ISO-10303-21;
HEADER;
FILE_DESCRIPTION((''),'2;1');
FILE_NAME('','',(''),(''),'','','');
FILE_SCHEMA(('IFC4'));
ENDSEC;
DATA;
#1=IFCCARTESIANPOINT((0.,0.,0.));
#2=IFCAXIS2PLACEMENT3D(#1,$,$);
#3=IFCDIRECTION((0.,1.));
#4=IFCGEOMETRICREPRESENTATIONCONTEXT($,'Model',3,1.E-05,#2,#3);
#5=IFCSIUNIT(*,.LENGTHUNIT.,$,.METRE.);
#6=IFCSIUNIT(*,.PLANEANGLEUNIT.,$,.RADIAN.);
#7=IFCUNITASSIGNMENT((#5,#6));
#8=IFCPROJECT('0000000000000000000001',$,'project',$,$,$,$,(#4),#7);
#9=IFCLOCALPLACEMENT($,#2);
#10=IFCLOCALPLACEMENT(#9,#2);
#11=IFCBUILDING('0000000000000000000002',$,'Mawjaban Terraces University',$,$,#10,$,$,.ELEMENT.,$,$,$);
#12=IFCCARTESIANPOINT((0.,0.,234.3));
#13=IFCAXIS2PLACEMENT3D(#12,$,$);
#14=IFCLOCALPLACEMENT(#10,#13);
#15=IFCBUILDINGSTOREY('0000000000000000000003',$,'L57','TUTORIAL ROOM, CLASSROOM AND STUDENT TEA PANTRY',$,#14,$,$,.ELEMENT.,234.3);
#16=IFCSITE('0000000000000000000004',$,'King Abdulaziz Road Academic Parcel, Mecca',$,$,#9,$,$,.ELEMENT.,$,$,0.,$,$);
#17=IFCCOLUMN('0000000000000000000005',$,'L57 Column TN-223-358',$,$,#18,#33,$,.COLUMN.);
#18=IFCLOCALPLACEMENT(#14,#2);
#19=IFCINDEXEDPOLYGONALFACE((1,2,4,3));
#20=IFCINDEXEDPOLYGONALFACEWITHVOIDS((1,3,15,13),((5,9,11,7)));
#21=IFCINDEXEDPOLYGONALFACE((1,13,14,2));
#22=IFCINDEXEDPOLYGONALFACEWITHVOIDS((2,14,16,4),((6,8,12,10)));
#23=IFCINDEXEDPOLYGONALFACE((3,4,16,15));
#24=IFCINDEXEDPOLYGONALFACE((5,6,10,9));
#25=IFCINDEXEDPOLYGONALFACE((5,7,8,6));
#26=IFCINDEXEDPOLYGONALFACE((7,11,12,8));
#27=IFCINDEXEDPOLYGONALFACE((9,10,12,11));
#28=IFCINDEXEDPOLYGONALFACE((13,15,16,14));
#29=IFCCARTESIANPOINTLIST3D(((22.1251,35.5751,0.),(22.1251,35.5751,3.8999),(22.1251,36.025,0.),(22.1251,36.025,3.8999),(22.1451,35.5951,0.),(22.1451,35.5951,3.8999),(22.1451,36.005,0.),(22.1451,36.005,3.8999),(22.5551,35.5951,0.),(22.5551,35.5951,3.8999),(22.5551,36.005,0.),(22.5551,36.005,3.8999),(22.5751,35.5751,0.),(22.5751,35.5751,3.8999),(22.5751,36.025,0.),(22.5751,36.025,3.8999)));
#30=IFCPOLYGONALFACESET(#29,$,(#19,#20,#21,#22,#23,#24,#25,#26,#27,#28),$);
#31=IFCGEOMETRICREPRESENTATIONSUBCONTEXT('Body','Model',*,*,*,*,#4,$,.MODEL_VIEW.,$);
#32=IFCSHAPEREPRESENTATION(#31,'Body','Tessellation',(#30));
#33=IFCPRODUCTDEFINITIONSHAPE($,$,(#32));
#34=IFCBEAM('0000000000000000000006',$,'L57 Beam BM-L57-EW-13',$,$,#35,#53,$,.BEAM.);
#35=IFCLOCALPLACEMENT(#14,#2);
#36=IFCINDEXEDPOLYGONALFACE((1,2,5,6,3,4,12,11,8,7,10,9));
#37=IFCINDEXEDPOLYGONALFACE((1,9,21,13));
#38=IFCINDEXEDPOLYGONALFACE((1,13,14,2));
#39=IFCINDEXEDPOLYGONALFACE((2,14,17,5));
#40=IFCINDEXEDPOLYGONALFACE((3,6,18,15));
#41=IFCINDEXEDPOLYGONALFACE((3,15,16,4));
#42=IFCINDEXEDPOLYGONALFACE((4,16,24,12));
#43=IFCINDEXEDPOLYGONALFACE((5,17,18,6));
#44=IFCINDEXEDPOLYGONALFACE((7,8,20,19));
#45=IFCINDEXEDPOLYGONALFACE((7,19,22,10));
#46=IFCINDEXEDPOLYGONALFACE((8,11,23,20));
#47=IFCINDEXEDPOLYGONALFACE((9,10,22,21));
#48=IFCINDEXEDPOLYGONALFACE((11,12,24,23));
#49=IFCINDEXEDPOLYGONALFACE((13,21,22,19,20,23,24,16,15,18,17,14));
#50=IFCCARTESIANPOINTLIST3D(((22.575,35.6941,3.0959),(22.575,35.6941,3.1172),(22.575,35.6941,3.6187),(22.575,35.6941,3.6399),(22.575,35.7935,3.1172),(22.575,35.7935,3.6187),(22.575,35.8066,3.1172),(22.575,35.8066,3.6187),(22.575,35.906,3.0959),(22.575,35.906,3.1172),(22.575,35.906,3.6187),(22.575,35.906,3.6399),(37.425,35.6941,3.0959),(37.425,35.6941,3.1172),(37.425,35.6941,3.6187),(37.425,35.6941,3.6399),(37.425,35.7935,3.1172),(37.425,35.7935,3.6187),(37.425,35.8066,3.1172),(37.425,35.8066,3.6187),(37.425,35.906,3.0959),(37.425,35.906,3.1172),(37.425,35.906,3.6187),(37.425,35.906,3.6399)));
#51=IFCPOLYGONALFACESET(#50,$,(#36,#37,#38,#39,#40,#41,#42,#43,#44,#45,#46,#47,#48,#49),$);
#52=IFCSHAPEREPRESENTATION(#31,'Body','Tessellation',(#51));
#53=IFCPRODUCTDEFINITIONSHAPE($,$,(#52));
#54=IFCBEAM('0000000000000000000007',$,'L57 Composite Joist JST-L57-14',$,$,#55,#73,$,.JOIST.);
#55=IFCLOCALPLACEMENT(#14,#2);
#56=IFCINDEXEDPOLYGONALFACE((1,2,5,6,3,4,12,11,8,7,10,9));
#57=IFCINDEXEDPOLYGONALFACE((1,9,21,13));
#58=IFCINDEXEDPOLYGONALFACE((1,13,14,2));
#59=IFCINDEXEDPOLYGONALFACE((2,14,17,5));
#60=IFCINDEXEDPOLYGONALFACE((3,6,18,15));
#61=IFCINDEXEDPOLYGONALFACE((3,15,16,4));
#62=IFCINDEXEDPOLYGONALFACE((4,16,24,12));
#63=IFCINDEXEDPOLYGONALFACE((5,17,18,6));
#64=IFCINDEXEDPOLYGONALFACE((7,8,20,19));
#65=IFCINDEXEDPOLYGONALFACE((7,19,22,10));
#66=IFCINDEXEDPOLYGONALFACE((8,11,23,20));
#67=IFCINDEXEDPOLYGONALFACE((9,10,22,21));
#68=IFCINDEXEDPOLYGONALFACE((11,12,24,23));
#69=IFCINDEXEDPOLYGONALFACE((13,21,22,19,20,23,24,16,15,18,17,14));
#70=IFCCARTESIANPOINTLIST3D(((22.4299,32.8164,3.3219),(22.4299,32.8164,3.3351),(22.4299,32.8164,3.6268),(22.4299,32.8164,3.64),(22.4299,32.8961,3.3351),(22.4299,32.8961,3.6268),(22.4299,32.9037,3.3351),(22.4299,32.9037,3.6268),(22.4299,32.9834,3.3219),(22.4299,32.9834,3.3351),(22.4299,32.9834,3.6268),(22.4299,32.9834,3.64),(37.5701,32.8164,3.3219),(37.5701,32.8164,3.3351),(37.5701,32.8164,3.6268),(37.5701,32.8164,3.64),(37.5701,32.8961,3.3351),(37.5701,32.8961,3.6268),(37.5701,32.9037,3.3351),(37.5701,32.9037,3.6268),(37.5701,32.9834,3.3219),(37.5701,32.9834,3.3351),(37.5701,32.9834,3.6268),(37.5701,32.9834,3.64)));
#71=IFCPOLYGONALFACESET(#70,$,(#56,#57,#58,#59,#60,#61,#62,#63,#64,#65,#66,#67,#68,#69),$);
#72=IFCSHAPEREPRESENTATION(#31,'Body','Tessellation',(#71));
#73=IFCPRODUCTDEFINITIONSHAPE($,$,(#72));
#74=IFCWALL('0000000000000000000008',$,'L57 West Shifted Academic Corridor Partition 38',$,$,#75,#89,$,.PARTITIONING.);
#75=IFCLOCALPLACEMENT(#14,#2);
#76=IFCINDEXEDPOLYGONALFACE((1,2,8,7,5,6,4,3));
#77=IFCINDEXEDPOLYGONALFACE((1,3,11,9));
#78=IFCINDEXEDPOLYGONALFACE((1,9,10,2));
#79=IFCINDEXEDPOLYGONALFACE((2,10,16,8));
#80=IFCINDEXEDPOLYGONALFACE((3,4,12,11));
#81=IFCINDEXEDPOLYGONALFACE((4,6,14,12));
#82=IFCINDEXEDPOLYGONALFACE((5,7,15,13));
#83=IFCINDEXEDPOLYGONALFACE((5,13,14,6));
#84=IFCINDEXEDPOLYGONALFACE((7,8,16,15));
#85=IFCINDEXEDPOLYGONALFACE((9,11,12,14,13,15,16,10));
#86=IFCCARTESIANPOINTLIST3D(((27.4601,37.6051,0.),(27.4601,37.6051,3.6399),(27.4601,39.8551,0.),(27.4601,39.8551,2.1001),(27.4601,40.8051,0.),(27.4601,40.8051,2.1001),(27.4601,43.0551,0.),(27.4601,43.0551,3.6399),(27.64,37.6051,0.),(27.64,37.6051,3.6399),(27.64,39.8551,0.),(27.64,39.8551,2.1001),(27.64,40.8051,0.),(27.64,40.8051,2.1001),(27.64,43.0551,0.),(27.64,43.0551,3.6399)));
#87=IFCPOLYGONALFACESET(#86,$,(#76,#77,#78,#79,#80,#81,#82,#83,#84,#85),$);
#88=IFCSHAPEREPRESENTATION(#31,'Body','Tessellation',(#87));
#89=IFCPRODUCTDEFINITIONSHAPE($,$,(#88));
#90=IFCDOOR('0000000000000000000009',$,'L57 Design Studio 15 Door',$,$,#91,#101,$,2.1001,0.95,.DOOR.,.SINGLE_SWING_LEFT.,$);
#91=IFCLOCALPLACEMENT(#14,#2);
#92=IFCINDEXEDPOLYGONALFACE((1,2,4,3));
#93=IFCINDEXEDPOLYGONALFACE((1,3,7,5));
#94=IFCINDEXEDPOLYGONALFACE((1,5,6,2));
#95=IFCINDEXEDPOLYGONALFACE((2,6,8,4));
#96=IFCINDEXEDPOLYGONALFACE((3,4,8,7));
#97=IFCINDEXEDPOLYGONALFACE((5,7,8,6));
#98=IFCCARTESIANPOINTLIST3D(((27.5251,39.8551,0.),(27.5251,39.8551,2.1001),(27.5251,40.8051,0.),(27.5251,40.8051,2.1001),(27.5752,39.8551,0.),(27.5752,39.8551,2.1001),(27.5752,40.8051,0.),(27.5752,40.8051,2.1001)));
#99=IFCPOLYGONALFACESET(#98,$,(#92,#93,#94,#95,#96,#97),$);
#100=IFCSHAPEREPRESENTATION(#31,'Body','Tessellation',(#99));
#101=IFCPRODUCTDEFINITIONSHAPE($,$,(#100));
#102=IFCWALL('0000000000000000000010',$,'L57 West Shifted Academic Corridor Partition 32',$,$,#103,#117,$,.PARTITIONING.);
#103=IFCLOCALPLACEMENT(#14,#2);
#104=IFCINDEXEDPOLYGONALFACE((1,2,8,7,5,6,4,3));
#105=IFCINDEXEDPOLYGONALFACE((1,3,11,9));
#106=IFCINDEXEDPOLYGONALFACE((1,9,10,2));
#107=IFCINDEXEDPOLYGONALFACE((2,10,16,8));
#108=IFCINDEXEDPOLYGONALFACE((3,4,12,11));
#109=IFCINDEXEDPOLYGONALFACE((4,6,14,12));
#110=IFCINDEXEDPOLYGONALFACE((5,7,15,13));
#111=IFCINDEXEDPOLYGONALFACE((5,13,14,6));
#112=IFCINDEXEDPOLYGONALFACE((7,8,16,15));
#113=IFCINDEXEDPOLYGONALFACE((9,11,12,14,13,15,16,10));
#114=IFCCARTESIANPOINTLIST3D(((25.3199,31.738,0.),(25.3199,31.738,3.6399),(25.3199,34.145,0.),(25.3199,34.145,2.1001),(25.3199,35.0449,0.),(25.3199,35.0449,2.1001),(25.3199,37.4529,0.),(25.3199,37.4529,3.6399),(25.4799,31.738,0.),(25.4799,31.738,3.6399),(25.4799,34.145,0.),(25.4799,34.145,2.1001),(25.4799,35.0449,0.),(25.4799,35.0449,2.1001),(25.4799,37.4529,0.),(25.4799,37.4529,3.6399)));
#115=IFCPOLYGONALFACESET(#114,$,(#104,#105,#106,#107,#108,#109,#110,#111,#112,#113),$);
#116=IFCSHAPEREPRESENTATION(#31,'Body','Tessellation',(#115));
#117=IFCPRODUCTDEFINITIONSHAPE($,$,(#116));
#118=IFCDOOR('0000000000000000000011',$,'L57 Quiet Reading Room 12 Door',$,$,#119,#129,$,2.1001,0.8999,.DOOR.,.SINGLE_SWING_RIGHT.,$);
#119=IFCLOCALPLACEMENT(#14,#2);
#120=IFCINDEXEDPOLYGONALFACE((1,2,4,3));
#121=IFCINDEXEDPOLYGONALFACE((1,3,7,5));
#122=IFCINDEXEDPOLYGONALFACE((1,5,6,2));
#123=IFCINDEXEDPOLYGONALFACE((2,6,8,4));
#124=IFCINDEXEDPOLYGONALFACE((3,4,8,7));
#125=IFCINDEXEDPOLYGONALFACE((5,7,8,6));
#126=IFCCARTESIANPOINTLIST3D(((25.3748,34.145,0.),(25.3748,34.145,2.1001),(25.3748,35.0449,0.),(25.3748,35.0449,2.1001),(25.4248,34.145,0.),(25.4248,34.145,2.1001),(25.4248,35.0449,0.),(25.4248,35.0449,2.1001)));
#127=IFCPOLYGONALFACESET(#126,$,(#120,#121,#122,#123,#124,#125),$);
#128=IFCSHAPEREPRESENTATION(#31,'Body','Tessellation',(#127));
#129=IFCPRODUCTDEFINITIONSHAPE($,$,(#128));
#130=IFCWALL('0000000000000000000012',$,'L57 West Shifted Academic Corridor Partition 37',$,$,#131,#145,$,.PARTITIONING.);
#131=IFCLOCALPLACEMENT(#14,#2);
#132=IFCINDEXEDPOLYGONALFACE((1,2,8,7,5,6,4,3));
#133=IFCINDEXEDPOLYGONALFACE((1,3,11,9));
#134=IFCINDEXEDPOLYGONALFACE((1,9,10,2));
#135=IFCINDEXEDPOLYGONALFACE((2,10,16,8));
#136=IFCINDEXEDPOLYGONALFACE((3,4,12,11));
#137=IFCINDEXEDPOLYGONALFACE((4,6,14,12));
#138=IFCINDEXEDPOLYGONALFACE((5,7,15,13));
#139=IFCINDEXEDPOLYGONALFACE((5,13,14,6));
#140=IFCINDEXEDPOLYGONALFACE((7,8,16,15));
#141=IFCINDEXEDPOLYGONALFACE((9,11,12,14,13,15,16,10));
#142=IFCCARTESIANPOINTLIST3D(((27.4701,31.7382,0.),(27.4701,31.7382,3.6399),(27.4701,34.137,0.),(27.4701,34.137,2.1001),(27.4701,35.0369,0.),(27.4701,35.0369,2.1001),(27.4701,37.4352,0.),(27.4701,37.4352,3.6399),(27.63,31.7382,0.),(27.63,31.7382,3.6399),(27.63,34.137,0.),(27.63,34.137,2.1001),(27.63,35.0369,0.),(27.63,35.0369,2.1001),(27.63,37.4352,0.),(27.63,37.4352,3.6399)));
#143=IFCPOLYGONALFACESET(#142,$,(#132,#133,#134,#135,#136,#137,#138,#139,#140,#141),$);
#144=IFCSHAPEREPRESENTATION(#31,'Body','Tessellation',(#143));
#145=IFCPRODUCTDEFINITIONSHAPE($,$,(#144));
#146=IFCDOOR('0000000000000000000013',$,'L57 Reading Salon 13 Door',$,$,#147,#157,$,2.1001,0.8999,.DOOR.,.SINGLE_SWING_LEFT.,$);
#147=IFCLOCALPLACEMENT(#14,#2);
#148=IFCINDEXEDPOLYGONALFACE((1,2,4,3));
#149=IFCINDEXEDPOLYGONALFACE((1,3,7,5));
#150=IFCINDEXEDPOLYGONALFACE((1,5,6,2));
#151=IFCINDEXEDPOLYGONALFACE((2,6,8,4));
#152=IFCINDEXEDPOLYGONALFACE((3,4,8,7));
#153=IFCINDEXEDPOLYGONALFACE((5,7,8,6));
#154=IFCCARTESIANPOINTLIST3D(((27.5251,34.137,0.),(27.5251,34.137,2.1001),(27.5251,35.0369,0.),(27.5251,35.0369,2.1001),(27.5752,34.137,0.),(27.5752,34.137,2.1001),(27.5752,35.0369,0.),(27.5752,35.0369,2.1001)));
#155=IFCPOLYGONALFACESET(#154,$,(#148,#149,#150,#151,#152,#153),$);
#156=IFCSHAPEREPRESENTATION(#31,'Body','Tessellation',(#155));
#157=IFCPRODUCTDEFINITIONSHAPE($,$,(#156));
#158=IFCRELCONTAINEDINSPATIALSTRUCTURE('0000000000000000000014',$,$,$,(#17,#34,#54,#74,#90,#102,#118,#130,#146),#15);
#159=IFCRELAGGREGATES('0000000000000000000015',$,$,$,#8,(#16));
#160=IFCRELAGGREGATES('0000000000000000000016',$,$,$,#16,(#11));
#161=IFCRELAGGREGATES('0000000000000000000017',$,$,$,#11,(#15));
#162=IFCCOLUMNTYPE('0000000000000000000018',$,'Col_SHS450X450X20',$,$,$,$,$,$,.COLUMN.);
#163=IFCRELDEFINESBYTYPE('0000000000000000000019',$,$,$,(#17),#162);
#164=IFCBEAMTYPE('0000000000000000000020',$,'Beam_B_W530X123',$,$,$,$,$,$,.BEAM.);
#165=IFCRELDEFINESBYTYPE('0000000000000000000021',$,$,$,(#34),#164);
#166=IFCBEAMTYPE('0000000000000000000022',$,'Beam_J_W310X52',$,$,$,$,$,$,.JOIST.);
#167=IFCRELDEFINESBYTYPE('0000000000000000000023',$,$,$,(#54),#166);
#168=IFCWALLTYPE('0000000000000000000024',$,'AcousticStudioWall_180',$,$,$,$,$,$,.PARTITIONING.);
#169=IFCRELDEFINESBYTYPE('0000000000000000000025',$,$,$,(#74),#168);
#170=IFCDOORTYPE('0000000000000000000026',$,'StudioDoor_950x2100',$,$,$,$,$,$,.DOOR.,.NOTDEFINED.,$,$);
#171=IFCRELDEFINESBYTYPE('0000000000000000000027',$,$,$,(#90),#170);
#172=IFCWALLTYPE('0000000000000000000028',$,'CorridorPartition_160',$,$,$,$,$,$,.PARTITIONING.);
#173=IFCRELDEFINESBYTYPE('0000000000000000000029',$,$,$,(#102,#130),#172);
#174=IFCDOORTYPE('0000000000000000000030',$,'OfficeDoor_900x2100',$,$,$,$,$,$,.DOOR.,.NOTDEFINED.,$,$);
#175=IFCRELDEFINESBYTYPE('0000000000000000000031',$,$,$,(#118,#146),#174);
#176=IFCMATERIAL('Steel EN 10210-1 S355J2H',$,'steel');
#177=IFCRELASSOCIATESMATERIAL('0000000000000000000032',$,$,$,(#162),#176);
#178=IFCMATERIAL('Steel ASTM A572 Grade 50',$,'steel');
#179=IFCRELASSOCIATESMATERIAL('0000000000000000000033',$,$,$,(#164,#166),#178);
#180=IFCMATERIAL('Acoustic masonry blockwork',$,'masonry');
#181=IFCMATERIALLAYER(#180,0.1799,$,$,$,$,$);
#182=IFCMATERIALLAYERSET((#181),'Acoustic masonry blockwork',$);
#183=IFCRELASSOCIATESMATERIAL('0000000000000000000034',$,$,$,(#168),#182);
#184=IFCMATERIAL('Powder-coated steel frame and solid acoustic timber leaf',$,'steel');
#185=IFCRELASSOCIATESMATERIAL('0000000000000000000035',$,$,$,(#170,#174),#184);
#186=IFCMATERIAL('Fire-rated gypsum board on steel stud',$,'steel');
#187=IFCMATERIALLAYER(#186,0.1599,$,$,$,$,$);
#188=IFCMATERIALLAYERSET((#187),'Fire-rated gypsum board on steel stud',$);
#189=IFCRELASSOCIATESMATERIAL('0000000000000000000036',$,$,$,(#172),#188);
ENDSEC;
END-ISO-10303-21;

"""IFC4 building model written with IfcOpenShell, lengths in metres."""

from ifc_helpers import new_model, si_unit, direction, frame, frame_2d, origin, origin_2d, place, context, subcontext, project, spatial, rectangle, hollow_rectangle, i_section, extrude, material, layer, layer_set, material_profile, profile_set, type_object, element, fill, save


model = new_model("IFC4")

# Units and contexts
model_context = context("Model", 3, precision=1e-05, world=origin(), true_north=direction((0.0, 1.0)))
body_context = subcontext(model_context, "Body", "Model", "MODEL_VIEW")
ifc_project = project(units=[si_unit("LENGTHUNIT", "METRE"), si_unit("PLANEANGLEUNIT", "RADIAN")], contexts=[model_context])

# Site, building, storey
site_placement = place(None, origin())
site = spatial("IfcSite", under=ifc_project, at=site_placement, Name="King Abdulaziz Road Academic Parcel, Mecca", CompositionType="ELEMENT", RefElevation=0.0)
building_placement = place(site_placement, origin())
building = spatial("IfcBuilding", under=site, at=building_placement, Name="Mawjaban Terraces University", CompositionType="ELEMENT")
storey_placement = place(building_placement, frame((0.0, 0.0, 234.3)))
storey = spatial("IfcBuildingStorey", under=building, at=storey_placement, Name="L57", Description="TUTORIAL ROOM, CLASSROOM AND STUDENT TEA PANTRY", CompositionType="ELEMENT", Elevation=234.3)

# Column
ifc_material_1 = material(Name="Steel EN 10210-1 S355J2H", Category="steel")
ifc_material_profile_1 = material_profile(ifc_material_1, hollow_rectangle(XDim=0.45, YDim=0.45, WallThickness=0.02, at=origin_2d()), Name="SHS450X450X20")
ifc_profile_set_1 = profile_set([ifc_material_profile_1], Name="Steel EN 10210-1 S355J2H")
column_type = type_object("IfcColumnType", Name="Col_SHS450X450X20", PredefinedType="COLUMN", material=ifc_profile_set_1)
column_placement = place(storey_placement, frame((22.3501, 35.8, 0.0), z_axis=(0.0, 0.0, 1.0), x_axis=(1.0, 0.0, 0.0)))
element("IfcColumn", 1, at=column_placement, inside=storey, type_object=column_type, Name="L57 Column TN-223-358", PredefinedType="COLUMN", context=body_context, shape_type="SweptSolid", body=[
    extrude(hollow_rectangle(XDim=0.45, YDim=0.45, WallThickness=0.02, at=origin_2d()), origin(), (0.0, 0.0, 1.0), 3.8999),
])

# Beams
ifc_material_2 = material(Name="Steel ASTM A572 Grade 50", Category="steel")
ifc_material_profile_2 = material_profile(ifc_material_2, i_section(OverallWidth=0.2119, OverallDepth=0.5439, WebThickness=0.0132, FlangeThickness=0.0212, at=origin_2d()), Name="W530X123")
ifc_profile_set_2 = profile_set([ifc_material_profile_2], Name="Steel ASTM A572 Grade 50")
beam_type_1 = type_object("IfcBeamType", Name="Beam_B_W530X123", PredefinedType="BEAM", material=ifc_profile_set_2)
beam_1_placement = place(storey_placement, frame((22.575, 35.8, 3.3679), z_axis=(1.0, 0.0, 0.0), x_axis=(0.0, 1.0, 0.0)))
element("IfcBeam", 2, at=beam_1_placement, inside=storey, type_object=beam_type_1, Name="L57 Beam BM-L57-EW-13", PredefinedType="BEAM", context=body_context, shape_type="SweptSolid", body=[
    extrude(i_section(OverallWidth=0.2119, OverallDepth=0.5439, WebThickness=0.0132, FlangeThickness=0.0212, at=origin_2d()), origin(), (0.0, 0.0, 1.0), 14.8501),
])
ifc_material_profile_3 = material_profile(ifc_material_2, i_section(OverallWidth=0.167, OverallDepth=0.3181, WebThickness=0.0076, FlangeThickness=0.0132, at=origin_2d()), Name="W310X52")
ifc_profile_set_3 = profile_set([ifc_material_profile_3], Name="Steel ASTM A572 Grade 50")
beam_type_2 = type_object("IfcBeamType", Name="Beam_J_W310X52", PredefinedType="JOIST", material=ifc_profile_set_3)
beam_2_placement = place(storey_placement, frame((22.4299, 32.8999, 3.481), z_axis=(1.0, 0.0, 0.0), x_axis=(0.0, 1.0, 0.0)))
element("IfcBeam", 3, at=beam_2_placement, inside=storey, type_object=beam_type_2, Name="L57 Composite Joist JST-L57-14", PredefinedType="JOIST", context=body_context, shape_type="SweptSolid", body=[
    extrude(i_section(OverallWidth=0.167, OverallDepth=0.3181, WebThickness=0.0076, FlangeThickness=0.0132, at=origin_2d()), origin(), (0.0, 0.0, 1.0), 15.1401),
])

# Walls, openings, doors
ifc_material_3 = material(Name="Acoustic masonry blockwork", Category="masonry")
ifc_layer_1 = layer(ifc_material_3, 0.1799)
ifc_layer_set_1 = layer_set([ifc_layer_1], Name="Acoustic masonry blockwork")
wall_type_1 = type_object("IfcWallType", Name="AcousticStudioWall_180", PredefinedType="PARTITIONING", material=ifc_layer_set_1)
wall_1_placement = place(storey_placement, frame((27.55, 37.605, 0.0), z_axis=(0.0, 0.0, 1.0), x_axis=(0.0, 1.0, 0.0)))
wall_1 = element("IfcWall", 4, at=wall_1_placement, inside=storey, type_object=wall_type_1, Name="L57 West Shifted Academic Corridor Partition 38", PredefinedType="PARTITIONING", context=body_context, shape_type="SweptSolid", body=[
    extrude(rectangle(XDim=5.45, YDim=0.1799, at=frame_2d((2.7251, 0.0))), origin(), (0.0, 0.0, 1.0), 3.6399),
])
opening_1_placement = place(wall_1_placement, frame((2.25, 0.0, 0.0)))
opening_1 = element("IfcOpeningElement", 5, at=opening_1_placement, cuts=wall_1, PredefinedType="OPENING", context=body_context, shape_type="SweptSolid", body=[
    extrude(rectangle(XDim=0.95, YDim=2.1001, at=frame_2d((0.4751, 1.05))), frame((0.0, 0.0999, 0.0), z_axis=(0.0, -1.0, 0.0), x_axis=(1.0, 0.0, 0.0)), (0.0, 0.0, 1.0), 0.2),
])
ifc_material_4 = material(Name="Powder-coated steel frame and solid acoustic timber leaf", Category="steel")
door_type_1 = type_object("IfcDoorType", Name="StudioDoor_950x2100", OperationType="NOTDEFINED", PredefinedType="DOOR", material=ifc_material_4)
door_1_placement = place(opening_1_placement, origin())
door_1 = element("IfcDoor", 6, at=door_1_placement, inside=storey, type_object=door_type_1, Name="L57 Design Studio 15 Door", OperationType="SINGLE_SWING_LEFT", OverallHeight=2.1001, OverallWidth=0.95, PredefinedType="DOOR", context=body_context, shape_type="SweptSolid", body=[
    extrude(rectangle(XDim=0.95, YDim=2.1001, at=frame_2d((0.4751, 1.05))), frame((0.0, 0.0249, 0.0), z_axis=(0.0, -1.0, 0.0), x_axis=(1.0, 0.0, 0.0)), (0.0, 0.0, 1.0), 0.05),
])
fill(opening_1, door_1)
ifc_material_5 = material(Name="Fire-rated gypsum board on steel stud", Category="steel")
ifc_layer_2 = layer(ifc_material_5, 0.1599)
ifc_layer_set_2 = layer_set([ifc_layer_2], Name="Fire-rated gypsum board on steel stud")
wall_type_2 = type_object("IfcWallType", Name="CorridorPartition_160", PredefinedType="PARTITIONING", material=ifc_layer_set_2)
wall_2_placement = place(storey_placement, frame((25.3999, 37.4529, 0.0), z_axis=(0.0, 0.0, 1.0), x_axis=(0.0, -1.0, 0.0)))
wall_2 = element("IfcWall", 7, at=wall_2_placement, inside=storey, type_object=wall_type_2, Name="L57 West Shifted Academic Corridor Partition 32", PredefinedType="PARTITIONING", context=body_context, shape_type="SweptSolid", body=[
    extrude(rectangle(XDim=5.7148, YDim=0.1599, at=frame_2d((2.8574, 0.0))), origin(), (0.0, 0.0, 1.0), 3.6399),
])
opening_2_placement = place(wall_2_placement, frame((2.408, 0.0, 0.0)))
opening_2 = element("IfcOpeningElement", 8, at=opening_2_placement, cuts=wall_2, PredefinedType="OPENING", context=body_context, shape_type="SweptSolid", body=[
    extrude(rectangle(XDim=0.8999, YDim=2.1001, at=frame_2d((0.45, 1.05))), frame((0.0, 0.0898, 0.0), z_axis=(0.0, -1.0, 0.0), x_axis=(1.0, 0.0, 0.0)), (0.0, 0.0, 1.0), 0.1799),
])
door_type_2 = type_object("IfcDoorType", Name="OfficeDoor_900x2100", OperationType="NOTDEFINED", PredefinedType="DOOR", material=ifc_material_4)
door_2_placement = place(opening_2_placement, origin())
door_2 = element("IfcDoor", 9, at=door_2_placement, inside=storey, type_object=door_type_2, Name="L57 Quiet Reading Room 12 Door", OperationType="SINGLE_SWING_RIGHT", OverallHeight=2.1001, OverallWidth=0.8999, PredefinedType="DOOR", context=body_context, shape_type="SweptSolid", body=[
    extrude(rectangle(XDim=0.8999, YDim=2.1001, at=frame_2d((0.45, 1.05))), frame((0.0, 0.0249, 0.0), z_axis=(0.0, -1.0, 0.0), x_axis=(1.0, 0.0, 0.0)), (0.0, 0.0, 1.0), 0.05),
])
fill(opening_2, door_2)
wall_3_placement = place(storey_placement, frame((27.55, 31.738, 0.0), z_axis=(0.0, 0.0, 1.0), x_axis=(0.0, 1.0, 0.0)))
wall_3 = element("IfcWall", 10, at=wall_3_placement, inside=storey, type_object=wall_type_2, Name="L57 West Shifted Academic Corridor Partition 37", PredefinedType="PARTITIONING", context=body_context, shape_type="SweptSolid", body=[
    extrude(rectangle(XDim=5.697, YDim=0.1599, at=frame_2d((2.8486, 0.0))), origin(), (0.0, 0.0, 1.0), 3.6399),
])
opening_3_placement = place(wall_3_placement, frame((2.3989, 0.0, 0.0)))
opening_3 = element("IfcOpeningElement", 11, at=opening_3_placement, cuts=wall_3, PredefinedType="OPENING", context=body_context, shape_type="SweptSolid", body=[
    extrude(rectangle(XDim=0.8999, YDim=2.1001, at=frame_2d((0.45, 1.05))), frame((0.0, 0.0898, 0.0), z_axis=(0.0, -1.0, 0.0), x_axis=(1.0, 0.0, 0.0)), (0.0, 0.0, 1.0), 0.1799),
])
door_3_placement = place(opening_3_placement, origin())
door_3 = element("IfcDoor", 12, at=door_3_placement, inside=storey, type_object=door_type_2, Name="L57 Reading Salon 13 Door", OperationType="SINGLE_SWING_LEFT", OverallHeight=2.1001, OverallWidth=0.8999, PredefinedType="DOOR", context=body_context, shape_type="SweptSolid", body=[
    extrude(rectangle(XDim=0.8999, YDim=2.1001, at=frame_2d((0.45, 1.05))), frame((0.0, 0.0249, 0.0), z_axis=(0.0, -1.0, 0.0), x_axis=(1.0, 0.0, 0.0)), (0.0, 0.0, 1.0), 0.05),
])
fill(opening_3, door_3)

save(model, "model.ifc")
